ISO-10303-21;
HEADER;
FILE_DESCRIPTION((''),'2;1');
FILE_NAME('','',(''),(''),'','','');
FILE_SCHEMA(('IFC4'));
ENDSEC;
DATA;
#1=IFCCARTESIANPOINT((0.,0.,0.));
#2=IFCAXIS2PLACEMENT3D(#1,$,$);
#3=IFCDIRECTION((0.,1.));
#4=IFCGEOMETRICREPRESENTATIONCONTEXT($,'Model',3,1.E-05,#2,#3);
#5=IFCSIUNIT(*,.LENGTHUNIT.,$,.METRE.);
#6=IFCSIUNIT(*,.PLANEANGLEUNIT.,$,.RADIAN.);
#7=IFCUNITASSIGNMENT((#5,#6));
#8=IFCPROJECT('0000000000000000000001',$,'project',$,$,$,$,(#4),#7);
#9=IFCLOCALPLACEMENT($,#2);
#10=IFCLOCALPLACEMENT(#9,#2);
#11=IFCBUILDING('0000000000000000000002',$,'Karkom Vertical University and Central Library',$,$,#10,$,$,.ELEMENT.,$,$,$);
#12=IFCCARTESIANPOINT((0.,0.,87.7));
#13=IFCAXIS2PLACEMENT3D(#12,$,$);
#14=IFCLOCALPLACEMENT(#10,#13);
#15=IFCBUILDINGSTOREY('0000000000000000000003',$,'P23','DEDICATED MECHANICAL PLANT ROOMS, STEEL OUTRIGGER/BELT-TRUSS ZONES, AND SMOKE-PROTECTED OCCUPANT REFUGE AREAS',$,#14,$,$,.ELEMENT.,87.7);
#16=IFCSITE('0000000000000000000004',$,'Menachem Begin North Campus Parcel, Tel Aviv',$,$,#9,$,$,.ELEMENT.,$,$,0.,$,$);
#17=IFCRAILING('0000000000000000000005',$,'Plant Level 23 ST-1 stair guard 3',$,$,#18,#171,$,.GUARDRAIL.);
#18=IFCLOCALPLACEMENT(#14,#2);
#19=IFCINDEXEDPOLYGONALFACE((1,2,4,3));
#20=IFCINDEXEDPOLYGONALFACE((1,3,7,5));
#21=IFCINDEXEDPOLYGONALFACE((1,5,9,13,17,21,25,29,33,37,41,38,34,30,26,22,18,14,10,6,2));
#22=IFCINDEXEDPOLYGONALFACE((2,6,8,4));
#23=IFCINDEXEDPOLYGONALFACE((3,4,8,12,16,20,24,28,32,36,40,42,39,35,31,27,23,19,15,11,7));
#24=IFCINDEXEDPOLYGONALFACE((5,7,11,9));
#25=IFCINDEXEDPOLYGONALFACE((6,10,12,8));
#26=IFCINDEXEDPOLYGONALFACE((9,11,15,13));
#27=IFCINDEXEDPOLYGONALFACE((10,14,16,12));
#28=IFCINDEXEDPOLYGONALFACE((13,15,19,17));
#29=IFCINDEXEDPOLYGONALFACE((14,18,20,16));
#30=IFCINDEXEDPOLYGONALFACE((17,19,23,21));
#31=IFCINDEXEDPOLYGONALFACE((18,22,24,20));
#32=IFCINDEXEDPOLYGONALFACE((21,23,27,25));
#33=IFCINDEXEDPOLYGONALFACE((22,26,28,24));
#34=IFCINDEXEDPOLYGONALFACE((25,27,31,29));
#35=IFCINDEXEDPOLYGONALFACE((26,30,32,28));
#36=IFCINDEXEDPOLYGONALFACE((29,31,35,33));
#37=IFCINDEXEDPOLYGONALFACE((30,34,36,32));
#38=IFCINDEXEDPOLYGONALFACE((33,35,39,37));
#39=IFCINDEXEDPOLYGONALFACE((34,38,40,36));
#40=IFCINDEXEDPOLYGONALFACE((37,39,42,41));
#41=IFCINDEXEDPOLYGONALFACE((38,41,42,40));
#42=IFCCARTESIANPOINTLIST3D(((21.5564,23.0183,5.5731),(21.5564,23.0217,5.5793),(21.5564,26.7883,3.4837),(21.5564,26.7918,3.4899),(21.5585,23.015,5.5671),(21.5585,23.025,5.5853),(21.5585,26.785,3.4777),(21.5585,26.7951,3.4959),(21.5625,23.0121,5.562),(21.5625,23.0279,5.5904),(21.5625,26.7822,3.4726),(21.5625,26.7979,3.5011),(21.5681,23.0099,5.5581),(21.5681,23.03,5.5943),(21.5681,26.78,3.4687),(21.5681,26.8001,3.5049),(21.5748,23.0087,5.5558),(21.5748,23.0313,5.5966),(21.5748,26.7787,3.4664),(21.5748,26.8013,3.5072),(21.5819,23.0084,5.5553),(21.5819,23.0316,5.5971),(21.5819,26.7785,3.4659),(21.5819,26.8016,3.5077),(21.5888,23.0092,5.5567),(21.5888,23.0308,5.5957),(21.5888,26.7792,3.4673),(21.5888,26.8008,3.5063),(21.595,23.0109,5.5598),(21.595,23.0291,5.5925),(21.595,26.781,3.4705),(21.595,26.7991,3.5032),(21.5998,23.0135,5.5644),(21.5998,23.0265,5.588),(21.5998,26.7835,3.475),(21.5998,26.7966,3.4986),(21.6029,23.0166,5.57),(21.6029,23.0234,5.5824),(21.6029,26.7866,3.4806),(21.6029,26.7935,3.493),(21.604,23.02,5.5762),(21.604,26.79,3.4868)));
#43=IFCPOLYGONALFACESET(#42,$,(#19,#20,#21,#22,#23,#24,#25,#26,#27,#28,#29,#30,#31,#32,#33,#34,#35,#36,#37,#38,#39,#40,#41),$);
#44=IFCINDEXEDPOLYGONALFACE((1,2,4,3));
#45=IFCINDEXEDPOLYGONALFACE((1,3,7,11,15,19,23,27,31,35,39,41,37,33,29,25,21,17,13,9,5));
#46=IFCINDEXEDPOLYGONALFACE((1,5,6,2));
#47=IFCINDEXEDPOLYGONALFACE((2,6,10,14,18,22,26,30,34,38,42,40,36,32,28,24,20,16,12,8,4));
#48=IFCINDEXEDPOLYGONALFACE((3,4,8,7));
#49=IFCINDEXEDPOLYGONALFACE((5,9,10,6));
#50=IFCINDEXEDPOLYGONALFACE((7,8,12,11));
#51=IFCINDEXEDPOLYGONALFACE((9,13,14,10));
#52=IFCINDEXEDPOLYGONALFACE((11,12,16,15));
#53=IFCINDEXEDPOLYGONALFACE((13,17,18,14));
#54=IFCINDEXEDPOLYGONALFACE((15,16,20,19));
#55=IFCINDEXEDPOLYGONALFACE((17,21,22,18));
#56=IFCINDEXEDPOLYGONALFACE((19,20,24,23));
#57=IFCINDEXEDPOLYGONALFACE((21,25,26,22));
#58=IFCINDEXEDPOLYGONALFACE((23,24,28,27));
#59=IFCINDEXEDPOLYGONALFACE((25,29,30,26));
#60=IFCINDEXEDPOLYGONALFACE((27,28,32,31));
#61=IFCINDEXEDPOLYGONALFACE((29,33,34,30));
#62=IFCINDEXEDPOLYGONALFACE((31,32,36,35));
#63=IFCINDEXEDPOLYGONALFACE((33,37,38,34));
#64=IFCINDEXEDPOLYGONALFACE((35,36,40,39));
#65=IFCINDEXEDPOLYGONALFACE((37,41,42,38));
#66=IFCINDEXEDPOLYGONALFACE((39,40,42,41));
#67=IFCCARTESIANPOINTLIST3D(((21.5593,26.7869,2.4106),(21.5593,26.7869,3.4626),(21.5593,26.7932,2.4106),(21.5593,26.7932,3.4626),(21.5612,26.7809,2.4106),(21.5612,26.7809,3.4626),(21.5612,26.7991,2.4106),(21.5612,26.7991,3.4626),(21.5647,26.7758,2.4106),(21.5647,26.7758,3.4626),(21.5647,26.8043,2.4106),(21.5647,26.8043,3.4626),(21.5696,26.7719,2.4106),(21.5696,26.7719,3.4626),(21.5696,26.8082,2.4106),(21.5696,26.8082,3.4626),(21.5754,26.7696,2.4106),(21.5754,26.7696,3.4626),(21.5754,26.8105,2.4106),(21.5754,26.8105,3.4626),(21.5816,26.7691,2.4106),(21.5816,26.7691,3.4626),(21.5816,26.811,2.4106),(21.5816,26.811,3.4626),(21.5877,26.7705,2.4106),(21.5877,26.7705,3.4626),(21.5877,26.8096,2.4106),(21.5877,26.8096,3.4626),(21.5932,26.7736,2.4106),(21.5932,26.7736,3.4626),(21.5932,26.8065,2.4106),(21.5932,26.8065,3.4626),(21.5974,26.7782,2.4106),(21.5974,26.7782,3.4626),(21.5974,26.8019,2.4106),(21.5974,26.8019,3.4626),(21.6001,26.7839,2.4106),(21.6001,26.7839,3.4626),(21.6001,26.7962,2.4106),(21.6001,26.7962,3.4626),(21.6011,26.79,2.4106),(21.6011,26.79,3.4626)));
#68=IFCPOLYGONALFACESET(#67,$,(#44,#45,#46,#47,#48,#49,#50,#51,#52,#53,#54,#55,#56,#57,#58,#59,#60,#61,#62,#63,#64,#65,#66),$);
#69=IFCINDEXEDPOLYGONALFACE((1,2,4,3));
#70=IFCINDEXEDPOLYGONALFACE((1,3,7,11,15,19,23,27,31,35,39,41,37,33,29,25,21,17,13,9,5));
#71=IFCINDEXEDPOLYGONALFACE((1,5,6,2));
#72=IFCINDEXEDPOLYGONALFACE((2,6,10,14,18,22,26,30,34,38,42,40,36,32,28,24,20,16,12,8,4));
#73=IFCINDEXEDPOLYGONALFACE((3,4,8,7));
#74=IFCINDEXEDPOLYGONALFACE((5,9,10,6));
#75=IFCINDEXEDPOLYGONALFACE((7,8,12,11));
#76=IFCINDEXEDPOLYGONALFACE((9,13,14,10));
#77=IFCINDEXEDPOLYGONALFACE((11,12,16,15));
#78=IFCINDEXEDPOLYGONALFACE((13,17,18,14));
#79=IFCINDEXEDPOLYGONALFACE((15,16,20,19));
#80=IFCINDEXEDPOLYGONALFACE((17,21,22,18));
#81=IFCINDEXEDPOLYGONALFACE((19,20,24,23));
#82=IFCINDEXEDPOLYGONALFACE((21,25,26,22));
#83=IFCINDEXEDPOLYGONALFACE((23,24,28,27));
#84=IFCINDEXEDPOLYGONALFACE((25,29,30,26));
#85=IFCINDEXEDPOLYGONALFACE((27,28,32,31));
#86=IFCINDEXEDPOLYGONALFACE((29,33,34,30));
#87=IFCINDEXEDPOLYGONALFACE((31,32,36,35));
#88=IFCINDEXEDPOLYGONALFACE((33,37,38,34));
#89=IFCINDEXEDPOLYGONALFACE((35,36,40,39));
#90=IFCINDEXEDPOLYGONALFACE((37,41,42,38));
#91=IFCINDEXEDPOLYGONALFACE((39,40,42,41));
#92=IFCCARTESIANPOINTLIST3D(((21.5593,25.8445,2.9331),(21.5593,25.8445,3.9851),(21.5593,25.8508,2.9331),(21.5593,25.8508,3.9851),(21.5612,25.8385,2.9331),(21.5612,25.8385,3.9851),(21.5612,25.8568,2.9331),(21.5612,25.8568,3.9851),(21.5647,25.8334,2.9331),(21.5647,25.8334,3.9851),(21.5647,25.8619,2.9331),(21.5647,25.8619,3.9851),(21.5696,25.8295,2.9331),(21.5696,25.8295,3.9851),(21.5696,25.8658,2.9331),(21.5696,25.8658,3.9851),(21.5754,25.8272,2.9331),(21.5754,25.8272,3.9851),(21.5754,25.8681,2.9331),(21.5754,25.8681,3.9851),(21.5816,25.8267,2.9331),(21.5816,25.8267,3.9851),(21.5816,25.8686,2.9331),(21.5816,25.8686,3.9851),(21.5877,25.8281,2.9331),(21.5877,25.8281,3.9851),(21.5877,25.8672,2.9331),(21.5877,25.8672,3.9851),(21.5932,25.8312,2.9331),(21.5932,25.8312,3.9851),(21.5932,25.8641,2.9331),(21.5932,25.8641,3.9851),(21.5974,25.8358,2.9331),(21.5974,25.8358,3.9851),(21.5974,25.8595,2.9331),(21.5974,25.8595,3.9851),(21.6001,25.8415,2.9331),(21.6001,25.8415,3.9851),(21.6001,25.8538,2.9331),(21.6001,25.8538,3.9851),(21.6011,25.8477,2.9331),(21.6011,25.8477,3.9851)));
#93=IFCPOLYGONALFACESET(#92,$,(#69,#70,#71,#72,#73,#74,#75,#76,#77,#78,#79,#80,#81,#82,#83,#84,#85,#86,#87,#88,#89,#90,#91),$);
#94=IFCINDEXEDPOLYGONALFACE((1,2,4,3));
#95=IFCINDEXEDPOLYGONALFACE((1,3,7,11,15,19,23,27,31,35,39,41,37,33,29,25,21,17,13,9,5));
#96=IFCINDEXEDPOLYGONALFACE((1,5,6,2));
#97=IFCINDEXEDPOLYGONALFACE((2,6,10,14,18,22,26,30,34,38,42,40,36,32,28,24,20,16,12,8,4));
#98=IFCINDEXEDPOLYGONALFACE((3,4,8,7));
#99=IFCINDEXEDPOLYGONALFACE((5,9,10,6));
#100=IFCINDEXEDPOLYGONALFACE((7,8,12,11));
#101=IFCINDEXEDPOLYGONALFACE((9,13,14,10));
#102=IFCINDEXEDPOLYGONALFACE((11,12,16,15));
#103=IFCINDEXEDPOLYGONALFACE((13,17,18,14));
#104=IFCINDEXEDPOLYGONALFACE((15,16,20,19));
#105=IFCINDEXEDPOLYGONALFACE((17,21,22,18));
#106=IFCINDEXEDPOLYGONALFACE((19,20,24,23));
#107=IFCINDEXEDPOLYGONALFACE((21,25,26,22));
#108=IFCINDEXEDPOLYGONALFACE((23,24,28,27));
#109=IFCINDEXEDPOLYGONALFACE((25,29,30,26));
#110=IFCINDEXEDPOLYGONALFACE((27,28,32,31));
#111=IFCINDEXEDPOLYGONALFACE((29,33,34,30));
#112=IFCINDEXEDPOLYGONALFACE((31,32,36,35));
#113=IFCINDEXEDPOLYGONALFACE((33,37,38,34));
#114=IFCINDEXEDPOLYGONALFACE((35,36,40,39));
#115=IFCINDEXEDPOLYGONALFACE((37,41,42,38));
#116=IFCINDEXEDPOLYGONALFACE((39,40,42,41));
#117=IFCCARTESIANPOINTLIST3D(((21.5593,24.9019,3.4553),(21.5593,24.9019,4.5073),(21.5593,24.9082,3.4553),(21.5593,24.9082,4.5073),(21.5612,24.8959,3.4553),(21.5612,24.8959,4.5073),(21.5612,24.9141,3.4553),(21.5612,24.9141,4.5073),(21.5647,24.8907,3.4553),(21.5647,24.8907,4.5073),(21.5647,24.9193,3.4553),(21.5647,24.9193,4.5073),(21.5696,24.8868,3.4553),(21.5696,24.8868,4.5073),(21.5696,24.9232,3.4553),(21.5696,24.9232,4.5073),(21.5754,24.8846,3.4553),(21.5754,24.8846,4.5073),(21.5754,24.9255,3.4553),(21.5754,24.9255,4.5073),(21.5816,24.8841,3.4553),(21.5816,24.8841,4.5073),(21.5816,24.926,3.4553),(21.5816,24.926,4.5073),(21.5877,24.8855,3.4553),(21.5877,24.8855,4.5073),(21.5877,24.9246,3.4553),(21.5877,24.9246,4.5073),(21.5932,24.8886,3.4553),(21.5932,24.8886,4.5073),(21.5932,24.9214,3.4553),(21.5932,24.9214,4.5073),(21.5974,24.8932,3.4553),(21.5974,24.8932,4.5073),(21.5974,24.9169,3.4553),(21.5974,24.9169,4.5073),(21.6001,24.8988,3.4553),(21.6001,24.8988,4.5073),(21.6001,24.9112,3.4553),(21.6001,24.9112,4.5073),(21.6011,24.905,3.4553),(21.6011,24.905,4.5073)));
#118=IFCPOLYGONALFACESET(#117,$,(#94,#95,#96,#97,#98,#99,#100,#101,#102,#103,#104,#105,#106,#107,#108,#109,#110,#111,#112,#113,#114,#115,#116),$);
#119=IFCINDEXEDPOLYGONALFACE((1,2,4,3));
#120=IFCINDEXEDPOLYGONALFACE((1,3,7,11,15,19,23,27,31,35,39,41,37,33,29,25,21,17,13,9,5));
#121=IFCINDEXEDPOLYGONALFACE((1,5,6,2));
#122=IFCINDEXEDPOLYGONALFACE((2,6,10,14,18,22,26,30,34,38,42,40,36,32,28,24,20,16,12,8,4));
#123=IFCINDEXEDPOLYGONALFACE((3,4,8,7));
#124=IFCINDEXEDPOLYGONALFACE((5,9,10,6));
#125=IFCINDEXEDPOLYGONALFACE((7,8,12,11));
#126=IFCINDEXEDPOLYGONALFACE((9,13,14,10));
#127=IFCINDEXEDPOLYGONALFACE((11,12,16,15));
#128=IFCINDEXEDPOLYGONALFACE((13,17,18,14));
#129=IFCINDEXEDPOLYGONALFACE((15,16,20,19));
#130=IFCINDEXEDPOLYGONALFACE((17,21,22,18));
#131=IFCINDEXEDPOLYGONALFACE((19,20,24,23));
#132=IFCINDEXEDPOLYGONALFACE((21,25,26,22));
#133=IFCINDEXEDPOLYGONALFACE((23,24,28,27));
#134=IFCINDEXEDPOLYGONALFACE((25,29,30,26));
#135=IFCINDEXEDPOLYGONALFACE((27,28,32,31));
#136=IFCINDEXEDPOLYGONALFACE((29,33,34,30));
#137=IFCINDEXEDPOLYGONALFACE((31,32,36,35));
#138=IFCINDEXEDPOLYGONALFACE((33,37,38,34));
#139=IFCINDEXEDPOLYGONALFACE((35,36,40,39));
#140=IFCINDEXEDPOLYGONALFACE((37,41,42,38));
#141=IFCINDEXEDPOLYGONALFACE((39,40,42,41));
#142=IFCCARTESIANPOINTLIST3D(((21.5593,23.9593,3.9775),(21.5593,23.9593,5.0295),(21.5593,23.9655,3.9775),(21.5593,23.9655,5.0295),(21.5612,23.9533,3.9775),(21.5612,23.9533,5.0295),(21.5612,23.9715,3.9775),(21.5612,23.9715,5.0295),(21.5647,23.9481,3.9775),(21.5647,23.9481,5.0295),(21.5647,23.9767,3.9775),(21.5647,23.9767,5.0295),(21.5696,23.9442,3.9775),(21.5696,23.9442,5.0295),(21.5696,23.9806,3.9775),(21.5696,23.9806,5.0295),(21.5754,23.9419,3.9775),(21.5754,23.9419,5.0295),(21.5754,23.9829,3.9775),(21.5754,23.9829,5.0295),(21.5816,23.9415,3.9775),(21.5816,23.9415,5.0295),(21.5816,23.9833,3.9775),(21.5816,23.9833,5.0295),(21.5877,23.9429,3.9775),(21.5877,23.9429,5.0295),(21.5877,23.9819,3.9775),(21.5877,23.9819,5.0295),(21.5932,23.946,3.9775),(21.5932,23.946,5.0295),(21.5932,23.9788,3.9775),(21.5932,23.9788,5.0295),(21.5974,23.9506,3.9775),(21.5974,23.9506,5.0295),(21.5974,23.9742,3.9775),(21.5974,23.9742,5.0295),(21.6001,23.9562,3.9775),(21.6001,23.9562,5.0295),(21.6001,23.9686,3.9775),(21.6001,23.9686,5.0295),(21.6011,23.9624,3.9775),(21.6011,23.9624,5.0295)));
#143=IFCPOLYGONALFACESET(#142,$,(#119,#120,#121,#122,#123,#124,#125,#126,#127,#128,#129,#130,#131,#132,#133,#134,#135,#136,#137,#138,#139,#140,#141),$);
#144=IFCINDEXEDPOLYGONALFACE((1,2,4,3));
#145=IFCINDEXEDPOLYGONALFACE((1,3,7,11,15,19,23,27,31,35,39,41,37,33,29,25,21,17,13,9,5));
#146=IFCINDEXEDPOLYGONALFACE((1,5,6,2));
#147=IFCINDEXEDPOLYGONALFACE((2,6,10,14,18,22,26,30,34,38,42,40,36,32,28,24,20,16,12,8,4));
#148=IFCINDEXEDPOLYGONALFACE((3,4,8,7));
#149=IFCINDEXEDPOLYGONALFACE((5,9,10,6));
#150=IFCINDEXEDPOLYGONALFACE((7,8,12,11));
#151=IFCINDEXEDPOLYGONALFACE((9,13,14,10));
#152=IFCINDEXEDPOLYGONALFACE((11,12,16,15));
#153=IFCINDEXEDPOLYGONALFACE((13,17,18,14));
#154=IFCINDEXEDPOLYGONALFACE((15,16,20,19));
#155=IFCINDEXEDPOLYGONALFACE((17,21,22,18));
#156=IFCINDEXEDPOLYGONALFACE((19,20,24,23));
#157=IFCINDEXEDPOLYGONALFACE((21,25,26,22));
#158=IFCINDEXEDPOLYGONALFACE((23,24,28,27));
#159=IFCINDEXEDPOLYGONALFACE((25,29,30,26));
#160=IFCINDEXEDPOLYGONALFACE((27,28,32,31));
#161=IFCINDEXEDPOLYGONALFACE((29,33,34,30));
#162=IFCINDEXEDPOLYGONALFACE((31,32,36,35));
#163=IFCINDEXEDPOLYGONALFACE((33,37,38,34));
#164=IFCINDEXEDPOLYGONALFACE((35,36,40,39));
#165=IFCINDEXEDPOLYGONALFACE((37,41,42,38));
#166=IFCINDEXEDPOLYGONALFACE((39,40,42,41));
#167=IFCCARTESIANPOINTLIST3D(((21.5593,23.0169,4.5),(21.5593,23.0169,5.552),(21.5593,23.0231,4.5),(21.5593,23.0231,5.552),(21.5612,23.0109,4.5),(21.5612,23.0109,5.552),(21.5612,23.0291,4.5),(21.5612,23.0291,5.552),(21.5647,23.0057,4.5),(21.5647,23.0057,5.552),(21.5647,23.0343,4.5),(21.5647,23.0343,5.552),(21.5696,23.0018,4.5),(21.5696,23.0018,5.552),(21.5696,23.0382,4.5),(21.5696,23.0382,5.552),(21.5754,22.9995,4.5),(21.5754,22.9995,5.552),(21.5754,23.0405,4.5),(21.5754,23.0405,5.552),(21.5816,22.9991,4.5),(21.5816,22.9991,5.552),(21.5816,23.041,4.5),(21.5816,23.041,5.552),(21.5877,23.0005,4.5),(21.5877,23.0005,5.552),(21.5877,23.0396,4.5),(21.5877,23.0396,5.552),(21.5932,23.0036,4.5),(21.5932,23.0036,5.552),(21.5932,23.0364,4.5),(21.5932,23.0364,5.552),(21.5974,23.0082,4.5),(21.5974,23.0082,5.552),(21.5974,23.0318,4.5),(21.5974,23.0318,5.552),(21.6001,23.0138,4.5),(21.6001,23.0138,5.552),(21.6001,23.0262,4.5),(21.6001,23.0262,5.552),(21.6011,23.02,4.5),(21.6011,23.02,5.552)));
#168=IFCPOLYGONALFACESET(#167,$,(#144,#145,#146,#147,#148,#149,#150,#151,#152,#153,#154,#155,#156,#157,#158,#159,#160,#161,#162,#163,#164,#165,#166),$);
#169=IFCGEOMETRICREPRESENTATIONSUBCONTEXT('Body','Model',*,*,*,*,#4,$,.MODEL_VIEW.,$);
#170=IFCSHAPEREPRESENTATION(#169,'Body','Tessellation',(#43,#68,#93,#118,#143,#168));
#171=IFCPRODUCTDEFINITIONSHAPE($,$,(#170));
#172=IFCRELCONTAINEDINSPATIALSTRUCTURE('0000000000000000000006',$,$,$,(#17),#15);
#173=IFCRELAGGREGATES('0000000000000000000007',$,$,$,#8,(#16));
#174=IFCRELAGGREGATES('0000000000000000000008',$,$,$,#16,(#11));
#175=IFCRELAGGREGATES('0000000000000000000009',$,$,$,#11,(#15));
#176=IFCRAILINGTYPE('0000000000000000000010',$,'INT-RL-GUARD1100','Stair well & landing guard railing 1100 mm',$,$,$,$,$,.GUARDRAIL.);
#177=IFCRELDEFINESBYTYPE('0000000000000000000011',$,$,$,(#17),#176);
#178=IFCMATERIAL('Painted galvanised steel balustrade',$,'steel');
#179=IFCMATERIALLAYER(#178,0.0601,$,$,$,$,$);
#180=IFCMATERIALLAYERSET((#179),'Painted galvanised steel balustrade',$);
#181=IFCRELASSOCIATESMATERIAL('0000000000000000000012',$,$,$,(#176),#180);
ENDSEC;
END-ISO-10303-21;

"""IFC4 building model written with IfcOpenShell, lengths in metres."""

from ifc_helpers import new_model, si_unit, direction, frame, origin, origin_2d, place, context, subcontext, project, spatial, circle, extrude, material, layer, layer_set, type_object, element, save


model = new_model("IFC4")

# Units and contexts
model_context = context("Model", 3, precision=1e-05, world=origin(), true_north=direction((0.0, 1.0)))
body_context = subcontext(model_context, "Body", "Model", "MODEL_VIEW")
ifc_project = project(units=[si_unit("LENGTHUNIT", "METRE"), si_unit("PLANEANGLEUNIT", "RADIAN")], contexts=[model_context])

# Site, building, storey
site_placement = place(None, origin())
site = spatial("IfcSite", under=ifc_project, at=site_placement, Name="Menachem Begin North Campus Parcel, Tel Aviv", CompositionType="ELEMENT", RefElevation=0.0)
building_placement = place(site_placement, origin())
building = spatial("IfcBuilding", under=site, at=building_placement, Name="Karkom Vertical University and Central Library", CompositionType="ELEMENT")
storey_placement = place(building_placement, frame((0.0, 0.0, 87.7)))
storey = spatial("IfcBuildingStorey", under=building, at=storey_placement, Name="P23", Description="DEDICATED MECHANICAL PLANT ROOMS, STEEL OUTRIGGER/BELT-TRUSS ZONES, AND SMOKE-PROTECTED OCCUPANT REFUGE AREAS", CompositionType="ELEMENT", Elevation=87.7)

# Railing
ifc_material_1 = material(Name="Painted galvanised steel balustrade", Category="steel")
ifc_layer_1 = layer(ifc_material_1, 0.0601)
ifc_layer_set_1 = layer_set([ifc_layer_1], Name="Painted galvanised steel balustrade")
railing_type_1 = type_object("IfcRailingType", Name="INT-RL-GUARD1100", Description="Stair well & landing guard railing 1100 mm", PredefinedType="GUARDRAIL", material=ifc_layer_set_1)
railing_1_placement = place(storey_placement, frame((21.5801, 26.79, 2.4106)))
element("IfcRailing", 1, at=railing_1_placement, inside=storey, type_object=railing_type_1, Name="Plant Level 23 ST-1 stair guard 3", PredefinedType="GUARDRAIL", context=body_context, shape_type="SweptSolid", body=[
    extrude(circle(Radius=0.0239, at=origin_2d()), frame((0.0, 0.0, 1.0762), z_axis=(0.0, -0.874659, 0.484739), x_axis=(1.0, 0.0, 0.0)), (0.0, 0.0, 1.0), 4.3103),
    extrude(circle(Radius=0.021, at=origin_2d()), origin(), (0.0, 0.0, 1.0), 1.052),
    extrude(circle(Radius=0.021, at=origin_2d()), frame((0.0, -0.9424, 0.5225)), (0.0, 0.0, 1.0), 1.052),
    extrude(circle(Radius=0.021, at=origin_2d()), frame((0.0, -1.885, 1.0447)), (0.0, 0.0, 1.0), 1.052),
    extrude(circle(Radius=0.021, at=origin_2d()), frame((0.0, -2.8276, 1.5669)), (0.0, 0.0, 1.0), 1.052),
    extrude(circle(Radius=0.021, at=origin_2d()), frame((0.0, -3.77, 2.0894)), (0.0, 0.0, 1.0), 1.052),
])

save(model, "model.ifc")
